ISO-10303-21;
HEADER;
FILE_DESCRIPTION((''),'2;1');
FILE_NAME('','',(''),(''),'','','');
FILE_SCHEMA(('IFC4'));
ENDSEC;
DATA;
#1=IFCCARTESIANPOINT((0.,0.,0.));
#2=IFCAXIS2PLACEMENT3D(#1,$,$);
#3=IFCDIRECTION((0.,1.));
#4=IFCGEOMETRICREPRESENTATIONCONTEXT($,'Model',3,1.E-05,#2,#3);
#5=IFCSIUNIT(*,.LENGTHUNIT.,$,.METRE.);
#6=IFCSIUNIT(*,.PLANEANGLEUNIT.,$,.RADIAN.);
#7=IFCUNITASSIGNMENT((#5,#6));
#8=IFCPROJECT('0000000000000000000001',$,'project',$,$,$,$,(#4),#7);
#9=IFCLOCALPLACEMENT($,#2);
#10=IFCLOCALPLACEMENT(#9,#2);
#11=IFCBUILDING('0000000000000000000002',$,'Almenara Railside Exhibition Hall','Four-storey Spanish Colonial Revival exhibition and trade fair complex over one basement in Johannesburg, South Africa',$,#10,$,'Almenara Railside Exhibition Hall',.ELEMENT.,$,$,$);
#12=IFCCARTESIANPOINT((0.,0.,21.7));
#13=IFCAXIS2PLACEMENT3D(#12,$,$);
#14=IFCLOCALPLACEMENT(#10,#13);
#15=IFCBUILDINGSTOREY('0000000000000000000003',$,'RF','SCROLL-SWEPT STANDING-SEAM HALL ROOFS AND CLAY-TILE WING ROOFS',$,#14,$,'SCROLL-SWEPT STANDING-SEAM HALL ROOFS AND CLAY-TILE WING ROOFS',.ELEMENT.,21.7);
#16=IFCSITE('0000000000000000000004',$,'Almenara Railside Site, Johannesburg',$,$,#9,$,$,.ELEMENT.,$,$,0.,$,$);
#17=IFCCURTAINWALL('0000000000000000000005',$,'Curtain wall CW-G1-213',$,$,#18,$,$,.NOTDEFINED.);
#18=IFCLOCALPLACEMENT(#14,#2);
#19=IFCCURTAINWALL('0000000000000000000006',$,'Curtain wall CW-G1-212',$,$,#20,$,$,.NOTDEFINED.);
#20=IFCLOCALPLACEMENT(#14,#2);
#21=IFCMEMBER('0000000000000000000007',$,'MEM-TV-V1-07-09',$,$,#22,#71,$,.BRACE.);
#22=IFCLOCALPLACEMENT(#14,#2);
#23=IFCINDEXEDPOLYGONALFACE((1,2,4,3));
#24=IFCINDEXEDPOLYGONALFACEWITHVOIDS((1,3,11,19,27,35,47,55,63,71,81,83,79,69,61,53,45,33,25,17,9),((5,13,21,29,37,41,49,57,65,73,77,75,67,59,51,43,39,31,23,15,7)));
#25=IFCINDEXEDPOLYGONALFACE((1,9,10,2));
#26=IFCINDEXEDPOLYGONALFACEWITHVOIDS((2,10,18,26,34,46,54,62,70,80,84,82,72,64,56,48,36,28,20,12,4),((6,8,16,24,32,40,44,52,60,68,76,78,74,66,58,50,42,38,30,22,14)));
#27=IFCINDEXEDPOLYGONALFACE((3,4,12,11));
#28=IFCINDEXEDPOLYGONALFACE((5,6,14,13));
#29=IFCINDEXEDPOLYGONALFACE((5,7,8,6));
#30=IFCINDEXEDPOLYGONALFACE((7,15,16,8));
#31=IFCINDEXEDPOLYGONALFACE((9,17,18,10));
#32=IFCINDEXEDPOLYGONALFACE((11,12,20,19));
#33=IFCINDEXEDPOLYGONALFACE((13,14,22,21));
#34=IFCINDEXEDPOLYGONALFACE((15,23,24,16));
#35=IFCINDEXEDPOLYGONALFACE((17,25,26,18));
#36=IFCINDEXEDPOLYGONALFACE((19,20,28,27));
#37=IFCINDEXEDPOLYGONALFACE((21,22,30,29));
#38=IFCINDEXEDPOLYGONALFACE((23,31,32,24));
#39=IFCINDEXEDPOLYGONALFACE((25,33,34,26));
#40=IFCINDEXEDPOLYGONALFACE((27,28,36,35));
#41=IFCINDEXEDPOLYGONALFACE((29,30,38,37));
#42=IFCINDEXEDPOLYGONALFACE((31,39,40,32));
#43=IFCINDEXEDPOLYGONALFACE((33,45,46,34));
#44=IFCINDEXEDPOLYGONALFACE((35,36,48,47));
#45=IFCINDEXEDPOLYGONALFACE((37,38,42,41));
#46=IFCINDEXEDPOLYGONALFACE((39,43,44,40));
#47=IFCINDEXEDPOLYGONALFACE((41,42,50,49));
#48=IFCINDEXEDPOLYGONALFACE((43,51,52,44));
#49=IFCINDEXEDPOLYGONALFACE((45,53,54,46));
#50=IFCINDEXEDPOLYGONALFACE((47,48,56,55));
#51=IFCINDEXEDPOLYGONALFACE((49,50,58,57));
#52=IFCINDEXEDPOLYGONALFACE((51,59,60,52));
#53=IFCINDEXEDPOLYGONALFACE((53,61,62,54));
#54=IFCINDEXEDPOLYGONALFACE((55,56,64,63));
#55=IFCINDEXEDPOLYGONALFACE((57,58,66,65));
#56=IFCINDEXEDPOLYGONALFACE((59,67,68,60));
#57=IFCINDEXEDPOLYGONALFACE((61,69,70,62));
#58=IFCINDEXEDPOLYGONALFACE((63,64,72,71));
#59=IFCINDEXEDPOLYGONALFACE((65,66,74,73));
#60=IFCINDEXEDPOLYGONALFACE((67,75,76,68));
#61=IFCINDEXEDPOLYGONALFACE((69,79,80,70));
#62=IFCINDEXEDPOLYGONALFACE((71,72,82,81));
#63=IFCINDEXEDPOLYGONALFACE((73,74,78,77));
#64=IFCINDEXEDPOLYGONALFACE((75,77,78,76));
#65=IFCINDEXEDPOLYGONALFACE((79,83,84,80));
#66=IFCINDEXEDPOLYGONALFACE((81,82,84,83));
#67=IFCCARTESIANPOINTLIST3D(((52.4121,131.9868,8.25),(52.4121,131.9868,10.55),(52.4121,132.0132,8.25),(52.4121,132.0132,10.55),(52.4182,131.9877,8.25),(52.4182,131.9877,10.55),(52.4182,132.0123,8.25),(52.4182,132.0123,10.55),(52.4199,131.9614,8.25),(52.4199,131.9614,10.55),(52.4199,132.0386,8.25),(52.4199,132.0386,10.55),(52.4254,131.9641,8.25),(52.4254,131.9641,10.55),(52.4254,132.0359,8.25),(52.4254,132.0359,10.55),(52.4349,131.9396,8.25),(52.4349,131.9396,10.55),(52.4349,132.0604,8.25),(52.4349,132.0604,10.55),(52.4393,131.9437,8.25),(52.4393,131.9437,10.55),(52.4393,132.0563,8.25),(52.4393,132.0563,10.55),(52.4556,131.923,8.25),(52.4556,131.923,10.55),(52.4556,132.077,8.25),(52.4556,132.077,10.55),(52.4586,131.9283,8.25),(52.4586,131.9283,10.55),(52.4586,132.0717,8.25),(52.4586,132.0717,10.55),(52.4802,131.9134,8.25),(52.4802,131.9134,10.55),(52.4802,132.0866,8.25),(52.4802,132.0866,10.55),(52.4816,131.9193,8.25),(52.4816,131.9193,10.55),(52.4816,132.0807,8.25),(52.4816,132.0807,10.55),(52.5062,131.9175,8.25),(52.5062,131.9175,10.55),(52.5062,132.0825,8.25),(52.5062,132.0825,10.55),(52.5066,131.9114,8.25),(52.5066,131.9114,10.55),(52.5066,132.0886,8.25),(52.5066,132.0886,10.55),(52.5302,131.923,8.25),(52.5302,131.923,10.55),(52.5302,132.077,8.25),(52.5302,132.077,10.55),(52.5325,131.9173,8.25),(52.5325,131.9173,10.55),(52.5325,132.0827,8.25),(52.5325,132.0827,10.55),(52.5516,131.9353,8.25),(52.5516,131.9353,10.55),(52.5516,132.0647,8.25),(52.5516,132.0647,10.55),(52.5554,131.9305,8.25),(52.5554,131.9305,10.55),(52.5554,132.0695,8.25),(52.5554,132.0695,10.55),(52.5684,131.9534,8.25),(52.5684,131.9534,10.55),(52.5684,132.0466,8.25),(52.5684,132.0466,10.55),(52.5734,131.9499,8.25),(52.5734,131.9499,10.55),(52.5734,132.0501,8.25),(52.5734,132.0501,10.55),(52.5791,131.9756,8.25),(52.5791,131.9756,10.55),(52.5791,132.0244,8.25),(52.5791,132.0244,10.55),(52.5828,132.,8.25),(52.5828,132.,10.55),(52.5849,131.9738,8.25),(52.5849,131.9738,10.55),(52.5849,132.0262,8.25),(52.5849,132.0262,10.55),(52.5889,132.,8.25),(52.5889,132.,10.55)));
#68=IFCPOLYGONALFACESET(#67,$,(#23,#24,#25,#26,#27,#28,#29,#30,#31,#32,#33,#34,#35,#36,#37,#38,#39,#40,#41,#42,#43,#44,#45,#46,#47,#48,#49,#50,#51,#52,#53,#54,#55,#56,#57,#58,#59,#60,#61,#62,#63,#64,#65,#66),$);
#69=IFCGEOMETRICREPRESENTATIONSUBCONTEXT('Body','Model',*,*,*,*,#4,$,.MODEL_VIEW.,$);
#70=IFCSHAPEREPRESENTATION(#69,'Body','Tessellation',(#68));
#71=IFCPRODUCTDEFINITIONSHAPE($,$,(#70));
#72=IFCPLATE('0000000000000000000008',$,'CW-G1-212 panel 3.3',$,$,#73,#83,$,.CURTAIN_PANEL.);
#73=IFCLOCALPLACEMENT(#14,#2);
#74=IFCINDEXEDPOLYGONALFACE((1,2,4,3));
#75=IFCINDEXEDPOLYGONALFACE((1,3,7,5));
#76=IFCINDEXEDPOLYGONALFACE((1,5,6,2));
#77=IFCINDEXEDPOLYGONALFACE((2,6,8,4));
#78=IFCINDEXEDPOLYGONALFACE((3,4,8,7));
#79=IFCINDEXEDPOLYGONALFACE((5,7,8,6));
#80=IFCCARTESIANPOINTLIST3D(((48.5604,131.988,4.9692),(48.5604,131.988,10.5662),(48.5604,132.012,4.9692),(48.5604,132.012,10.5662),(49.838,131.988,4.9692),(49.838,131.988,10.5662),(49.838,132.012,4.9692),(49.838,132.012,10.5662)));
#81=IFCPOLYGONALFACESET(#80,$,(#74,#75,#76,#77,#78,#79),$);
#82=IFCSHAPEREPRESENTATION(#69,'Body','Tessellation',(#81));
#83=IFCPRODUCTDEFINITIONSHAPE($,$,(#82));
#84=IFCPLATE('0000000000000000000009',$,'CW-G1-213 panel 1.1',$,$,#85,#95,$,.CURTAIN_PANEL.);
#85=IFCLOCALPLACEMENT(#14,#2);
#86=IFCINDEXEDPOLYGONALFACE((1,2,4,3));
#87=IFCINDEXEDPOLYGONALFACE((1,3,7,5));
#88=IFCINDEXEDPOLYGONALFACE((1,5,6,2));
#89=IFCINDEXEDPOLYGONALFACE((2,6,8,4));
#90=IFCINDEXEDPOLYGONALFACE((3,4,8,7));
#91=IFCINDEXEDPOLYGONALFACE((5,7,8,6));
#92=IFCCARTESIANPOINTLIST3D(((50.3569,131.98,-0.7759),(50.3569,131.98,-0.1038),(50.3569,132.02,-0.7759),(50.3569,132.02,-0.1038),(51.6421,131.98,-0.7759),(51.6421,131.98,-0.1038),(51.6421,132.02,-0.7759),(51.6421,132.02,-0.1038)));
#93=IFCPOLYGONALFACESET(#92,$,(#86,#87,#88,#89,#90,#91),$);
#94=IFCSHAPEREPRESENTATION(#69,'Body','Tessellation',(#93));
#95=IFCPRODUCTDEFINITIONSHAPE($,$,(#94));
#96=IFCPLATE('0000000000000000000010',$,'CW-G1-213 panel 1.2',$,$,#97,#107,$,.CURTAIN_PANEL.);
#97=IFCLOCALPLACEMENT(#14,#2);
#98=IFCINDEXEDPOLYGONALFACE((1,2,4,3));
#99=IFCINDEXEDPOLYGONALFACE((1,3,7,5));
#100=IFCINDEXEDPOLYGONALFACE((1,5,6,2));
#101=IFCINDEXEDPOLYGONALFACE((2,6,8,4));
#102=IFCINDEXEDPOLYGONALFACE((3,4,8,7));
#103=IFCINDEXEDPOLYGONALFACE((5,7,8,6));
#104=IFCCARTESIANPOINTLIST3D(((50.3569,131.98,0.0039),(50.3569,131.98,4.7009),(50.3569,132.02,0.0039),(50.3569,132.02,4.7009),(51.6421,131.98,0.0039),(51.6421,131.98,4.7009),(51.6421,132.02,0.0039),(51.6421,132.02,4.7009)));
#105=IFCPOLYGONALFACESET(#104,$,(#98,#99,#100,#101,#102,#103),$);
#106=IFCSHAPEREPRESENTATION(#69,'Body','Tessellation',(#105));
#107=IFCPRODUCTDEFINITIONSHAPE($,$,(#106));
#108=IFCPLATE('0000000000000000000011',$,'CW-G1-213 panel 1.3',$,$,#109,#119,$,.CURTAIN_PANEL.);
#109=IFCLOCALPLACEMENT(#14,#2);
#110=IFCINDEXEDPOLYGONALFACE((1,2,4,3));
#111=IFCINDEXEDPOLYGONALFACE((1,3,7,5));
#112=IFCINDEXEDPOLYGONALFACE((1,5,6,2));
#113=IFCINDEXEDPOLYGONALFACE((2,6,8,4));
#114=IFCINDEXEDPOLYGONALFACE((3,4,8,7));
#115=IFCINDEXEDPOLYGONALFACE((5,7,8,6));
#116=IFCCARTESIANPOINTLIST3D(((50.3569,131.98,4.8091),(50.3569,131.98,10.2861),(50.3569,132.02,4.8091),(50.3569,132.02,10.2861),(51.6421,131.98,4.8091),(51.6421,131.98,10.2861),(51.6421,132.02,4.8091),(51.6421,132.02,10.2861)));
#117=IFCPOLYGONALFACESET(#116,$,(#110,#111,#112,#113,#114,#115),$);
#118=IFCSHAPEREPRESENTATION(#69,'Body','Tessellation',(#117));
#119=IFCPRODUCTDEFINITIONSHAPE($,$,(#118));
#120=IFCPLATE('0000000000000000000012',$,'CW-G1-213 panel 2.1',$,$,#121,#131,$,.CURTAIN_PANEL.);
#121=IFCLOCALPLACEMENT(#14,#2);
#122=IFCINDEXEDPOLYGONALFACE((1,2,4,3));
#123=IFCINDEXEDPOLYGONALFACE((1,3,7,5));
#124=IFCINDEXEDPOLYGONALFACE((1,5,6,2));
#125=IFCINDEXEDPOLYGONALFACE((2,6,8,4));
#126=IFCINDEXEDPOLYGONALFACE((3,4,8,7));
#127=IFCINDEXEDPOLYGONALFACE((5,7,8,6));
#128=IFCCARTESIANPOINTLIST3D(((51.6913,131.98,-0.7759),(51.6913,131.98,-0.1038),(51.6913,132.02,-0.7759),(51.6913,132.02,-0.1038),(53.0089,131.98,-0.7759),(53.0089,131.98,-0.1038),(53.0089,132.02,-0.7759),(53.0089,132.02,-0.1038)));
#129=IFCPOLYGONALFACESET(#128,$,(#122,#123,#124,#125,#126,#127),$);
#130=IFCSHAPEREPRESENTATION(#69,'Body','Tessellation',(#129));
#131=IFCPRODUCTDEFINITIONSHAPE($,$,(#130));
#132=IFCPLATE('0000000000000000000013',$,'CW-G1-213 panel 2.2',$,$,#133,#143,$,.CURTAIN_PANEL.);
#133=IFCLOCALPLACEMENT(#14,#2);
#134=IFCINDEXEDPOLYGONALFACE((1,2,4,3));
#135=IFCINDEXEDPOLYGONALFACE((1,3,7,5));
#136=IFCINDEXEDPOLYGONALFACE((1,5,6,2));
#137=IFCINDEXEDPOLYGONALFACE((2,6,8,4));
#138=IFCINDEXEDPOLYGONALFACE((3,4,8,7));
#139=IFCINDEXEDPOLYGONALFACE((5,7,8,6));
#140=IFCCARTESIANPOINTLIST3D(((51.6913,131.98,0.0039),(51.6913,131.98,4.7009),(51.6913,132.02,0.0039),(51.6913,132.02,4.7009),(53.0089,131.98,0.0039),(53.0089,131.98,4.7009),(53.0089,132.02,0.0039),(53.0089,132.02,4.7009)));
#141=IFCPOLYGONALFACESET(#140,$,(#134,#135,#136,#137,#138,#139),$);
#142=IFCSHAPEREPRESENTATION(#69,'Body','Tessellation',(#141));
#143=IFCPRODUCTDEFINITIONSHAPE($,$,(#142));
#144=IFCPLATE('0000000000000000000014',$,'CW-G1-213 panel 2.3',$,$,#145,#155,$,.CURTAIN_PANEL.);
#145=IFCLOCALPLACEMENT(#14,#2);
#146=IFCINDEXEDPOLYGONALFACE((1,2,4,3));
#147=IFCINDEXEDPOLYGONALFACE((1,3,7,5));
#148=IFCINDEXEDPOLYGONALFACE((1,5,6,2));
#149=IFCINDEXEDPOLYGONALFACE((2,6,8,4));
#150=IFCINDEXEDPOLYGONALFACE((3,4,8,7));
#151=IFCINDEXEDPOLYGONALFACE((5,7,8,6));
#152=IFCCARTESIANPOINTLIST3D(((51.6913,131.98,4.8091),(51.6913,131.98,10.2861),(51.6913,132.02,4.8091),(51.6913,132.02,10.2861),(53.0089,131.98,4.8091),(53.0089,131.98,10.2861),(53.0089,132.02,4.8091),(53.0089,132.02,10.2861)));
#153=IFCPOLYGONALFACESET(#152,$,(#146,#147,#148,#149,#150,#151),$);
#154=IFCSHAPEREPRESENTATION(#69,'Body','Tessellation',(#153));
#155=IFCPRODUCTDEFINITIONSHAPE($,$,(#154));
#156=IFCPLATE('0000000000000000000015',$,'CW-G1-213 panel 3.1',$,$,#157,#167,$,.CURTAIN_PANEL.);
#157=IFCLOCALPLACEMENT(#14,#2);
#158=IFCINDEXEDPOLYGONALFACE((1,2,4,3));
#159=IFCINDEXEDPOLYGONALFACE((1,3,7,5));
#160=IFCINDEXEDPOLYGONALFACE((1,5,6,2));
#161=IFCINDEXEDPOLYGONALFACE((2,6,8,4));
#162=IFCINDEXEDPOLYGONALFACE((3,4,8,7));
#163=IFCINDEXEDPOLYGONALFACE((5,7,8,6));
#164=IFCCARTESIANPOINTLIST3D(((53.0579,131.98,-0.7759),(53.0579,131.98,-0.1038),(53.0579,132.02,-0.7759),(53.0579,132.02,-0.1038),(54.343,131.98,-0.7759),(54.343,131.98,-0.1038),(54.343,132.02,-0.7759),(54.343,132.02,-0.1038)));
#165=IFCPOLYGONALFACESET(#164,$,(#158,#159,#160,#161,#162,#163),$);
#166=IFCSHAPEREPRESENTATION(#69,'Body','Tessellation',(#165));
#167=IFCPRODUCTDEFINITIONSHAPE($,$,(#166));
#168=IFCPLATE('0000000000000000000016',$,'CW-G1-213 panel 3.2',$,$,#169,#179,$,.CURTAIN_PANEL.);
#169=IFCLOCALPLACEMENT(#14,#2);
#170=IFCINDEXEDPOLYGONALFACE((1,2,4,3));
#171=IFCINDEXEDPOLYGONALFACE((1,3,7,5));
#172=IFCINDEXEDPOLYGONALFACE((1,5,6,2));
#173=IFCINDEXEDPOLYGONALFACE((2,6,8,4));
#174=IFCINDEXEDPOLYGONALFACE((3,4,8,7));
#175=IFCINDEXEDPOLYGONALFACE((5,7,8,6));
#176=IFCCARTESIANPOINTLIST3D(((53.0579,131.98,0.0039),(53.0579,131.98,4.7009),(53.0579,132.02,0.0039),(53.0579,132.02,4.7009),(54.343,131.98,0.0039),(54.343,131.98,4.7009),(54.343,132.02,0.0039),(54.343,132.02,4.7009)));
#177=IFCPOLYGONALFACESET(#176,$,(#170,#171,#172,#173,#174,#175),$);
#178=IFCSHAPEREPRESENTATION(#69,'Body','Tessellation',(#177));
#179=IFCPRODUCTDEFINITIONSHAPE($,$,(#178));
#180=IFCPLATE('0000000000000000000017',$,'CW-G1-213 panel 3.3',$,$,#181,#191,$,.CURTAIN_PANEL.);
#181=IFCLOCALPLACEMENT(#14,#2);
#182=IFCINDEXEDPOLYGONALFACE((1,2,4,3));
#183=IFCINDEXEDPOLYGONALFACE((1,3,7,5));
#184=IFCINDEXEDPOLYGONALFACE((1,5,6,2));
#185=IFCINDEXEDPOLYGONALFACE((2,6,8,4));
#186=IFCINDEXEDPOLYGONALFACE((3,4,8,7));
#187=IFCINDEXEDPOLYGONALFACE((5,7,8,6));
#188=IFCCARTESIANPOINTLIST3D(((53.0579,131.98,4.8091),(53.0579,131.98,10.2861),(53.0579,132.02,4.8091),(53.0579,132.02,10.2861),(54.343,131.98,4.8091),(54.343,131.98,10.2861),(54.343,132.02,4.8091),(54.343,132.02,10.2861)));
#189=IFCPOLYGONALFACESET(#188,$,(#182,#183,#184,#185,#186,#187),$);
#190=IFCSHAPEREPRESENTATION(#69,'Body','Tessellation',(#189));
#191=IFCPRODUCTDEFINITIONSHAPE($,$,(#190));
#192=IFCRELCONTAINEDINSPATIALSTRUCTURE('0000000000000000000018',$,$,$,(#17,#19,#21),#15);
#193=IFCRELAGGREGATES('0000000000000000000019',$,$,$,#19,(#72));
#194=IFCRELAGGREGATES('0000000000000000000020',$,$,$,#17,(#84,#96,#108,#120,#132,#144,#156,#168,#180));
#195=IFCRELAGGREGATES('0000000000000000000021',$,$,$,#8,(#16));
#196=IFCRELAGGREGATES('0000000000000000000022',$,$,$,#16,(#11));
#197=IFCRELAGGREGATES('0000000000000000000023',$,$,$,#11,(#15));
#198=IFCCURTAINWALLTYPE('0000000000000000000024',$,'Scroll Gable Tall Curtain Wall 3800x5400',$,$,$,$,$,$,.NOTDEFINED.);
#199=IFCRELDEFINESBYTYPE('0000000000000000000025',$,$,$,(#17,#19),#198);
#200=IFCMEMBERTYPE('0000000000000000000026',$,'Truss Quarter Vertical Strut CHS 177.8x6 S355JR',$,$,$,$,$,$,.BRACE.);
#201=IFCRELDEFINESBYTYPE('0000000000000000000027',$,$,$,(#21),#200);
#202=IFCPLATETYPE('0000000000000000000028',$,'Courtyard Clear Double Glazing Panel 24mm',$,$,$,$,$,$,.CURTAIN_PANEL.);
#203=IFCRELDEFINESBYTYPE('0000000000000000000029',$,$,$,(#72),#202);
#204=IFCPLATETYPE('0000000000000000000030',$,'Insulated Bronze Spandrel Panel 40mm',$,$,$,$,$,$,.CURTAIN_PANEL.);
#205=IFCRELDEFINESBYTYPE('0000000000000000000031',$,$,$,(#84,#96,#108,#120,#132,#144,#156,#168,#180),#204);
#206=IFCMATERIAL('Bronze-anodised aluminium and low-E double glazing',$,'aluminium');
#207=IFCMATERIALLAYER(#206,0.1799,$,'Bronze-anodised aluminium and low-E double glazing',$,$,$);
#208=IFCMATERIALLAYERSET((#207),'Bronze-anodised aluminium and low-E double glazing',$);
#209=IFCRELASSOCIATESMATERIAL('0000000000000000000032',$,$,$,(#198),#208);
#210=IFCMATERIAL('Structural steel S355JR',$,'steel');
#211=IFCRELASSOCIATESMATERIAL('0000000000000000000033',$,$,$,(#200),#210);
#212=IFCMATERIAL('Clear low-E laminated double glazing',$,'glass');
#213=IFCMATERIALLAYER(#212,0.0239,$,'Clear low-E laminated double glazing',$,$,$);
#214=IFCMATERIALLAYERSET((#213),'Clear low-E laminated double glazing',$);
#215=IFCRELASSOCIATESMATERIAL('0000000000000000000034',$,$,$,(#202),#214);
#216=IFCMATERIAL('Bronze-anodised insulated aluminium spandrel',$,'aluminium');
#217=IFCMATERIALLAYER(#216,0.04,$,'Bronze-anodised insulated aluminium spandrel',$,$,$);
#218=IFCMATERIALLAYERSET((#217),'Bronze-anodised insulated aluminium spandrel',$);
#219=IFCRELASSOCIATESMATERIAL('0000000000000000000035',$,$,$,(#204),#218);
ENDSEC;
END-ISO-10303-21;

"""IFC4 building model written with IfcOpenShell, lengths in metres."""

from ifc_helpers import new_model, si_unit, direction, frame, origin, origin_2d, place, context, subcontext, project, spatial, rectangle, hollow_circle, extrude, material, layer, layer_set, material_profile, profile_set, type_object, element, aggregate, save


model = new_model("IFC4")

# Units and contexts
model_context = context("Model", 3, precision=1e-05, world=origin(), true_north=direction((0.0, 1.0)))
body_context = subcontext(model_context, "Body", "Model", "MODEL_VIEW")
ifc_project = project(units=[si_unit("LENGTHUNIT", "METRE"), si_unit("PLANEANGLEUNIT", "RADIAN")], contexts=[model_context])

# Site, building, storey
site_placement = place(None, origin())
site = spatial("IfcSite", under=ifc_project, at=site_placement, Name="Almenara Railside Site, Johannesburg", CompositionType="ELEMENT", RefElevation=0.0)
building_placement = place(site_placement, origin())
building = spatial("IfcBuilding", under=site, at=building_placement, Name="Almenara Railside Exhibition Hall", Description="Four-storey Spanish Colonial Revival exhibition and trade fair complex over one basement in Johannesburg, South Africa", LongName="Almenara Railside Exhibition Hall", CompositionType="ELEMENT")
storey_placement = place(building_placement, frame((0.0, 0.0, 21.7)))
storey = spatial("IfcBuildingStorey", under=building, at=storey_placement, Name="RF", Description="SCROLL-SWEPT STANDING-SEAM HALL ROOFS AND CLAY-TILE WING ROOFS", LongName="SCROLL-SWEPT STANDING-SEAM HALL ROOFS AND CLAY-TILE WING ROOFS", CompositionType="ELEMENT", Elevation=21.7)

# Shared definitions
ifc_material_1 = material(Name="Structural steel S355JR", Category="steel")

# Shared definitions
ifc_material_2 = material(Name="Bronze-anodised aluminium and low-E double glazing", Category="aluminium")
ifc_layer_1 = layer(ifc_material_2, 0.1799, Name="Bronze-anodised aluminium and low-E double glazing")
ifc_layer_set_1 = layer_set([ifc_layer_1], Name="Bronze-anodised aluminium and low-E double glazing")
curtain_wall_type = type_object("IfcCurtainWallType", Name="Scroll Gable Tall Curtain Wall 3800x5400", PredefinedType="NOTDEFINED", material=ifc_layer_set_1)

# Curtain wall
curtain_wall_1_placement = place(storey_placement, origin())
curtain_wall_1 = element("IfcCurtainWall", 1, at=curtain_wall_1_placement, inside=storey, type_object=curtain_wall_type, Name="Curtain wall CW-G1-213", PredefinedType="NOTDEFINED")

# Curtain wall
curtain_wall_2_placement = place(storey_placement, origin())
curtain_wall_2 = element("IfcCurtainWall", 2, at=curtain_wall_2_placement, inside=storey, type_object=curtain_wall_type, Name="Curtain wall CW-G1-212", PredefinedType="NOTDEFINED")

# Member
ifc_material_profile_1 = material_profile(ifc_material_1, hollow_circle(Radius=0.0889, WallThickness=0.0061, at=origin_2d()), Name="CHS 177.8x6")
ifc_profile_set_1 = profile_set([ifc_material_profile_1], Name="Structural steel S355JR")
member_type_1 = type_object("IfcMemberType", Name="Truss Quarter Vertical Strut CHS 177.8x6 S355JR", PredefinedType="BRACE", material=ifc_profile_set_1)
member_1_placement = place(storey_placement, frame((52.5, 132.0, 8.25), z_axis=(0.0, 0.0, 1.0), x_axis=(1.0, 0.0, 0.0)))
element("IfcMember", 3, at=member_1_placement, inside=storey, type_object=member_type_1, Name="MEM-TV-V1-07-09", PredefinedType="BRACE", context=body_context, shape_type="SweptSolid", body=[
    extrude(hollow_circle(Radius=0.0889, WallThickness=0.0061, at=origin_2d()), origin(), (0.0, 0.0, 1.0), 2.3),
])

# Plates
ifc_material_3 = material(Name="Clear low-E laminated double glazing", Category="glass")
ifc_layer_2 = layer(ifc_material_3, 0.0239, Name="Clear low-E laminated double glazing")
ifc_layer_set_2 = layer_set([ifc_layer_2], Name="Clear low-E laminated double glazing")
plate_type_1 = type_object("IfcPlateType", Name="Courtyard Clear Double Glazing Panel 24mm", PredefinedType="CURTAIN_PANEL", material=ifc_layer_set_2)
plate_1_placement = place(storey_placement, frame((49.1992, 132.0, 4.9692), z_axis=(0.0, 0.0, 1.0), x_axis=(1.0, 0.0, 0.0)))
plate_1 = element("IfcPlate", 4, at=plate_1_placement, type_object=plate_type_1, Name="CW-G1-212 panel 3.3", PredefinedType="CURTAIN_PANEL", context=body_context, shape_type="SweptSolid", body=[
    extrude(rectangle(XDim=1.2776, YDim=0.0239, at=origin_2d()), origin(), (0.0, 0.0, 1.0), 5.5969),
])
aggregate(curtain_wall_2, [plate_1])
ifc_material_4 = material(Name="Bronze-anodised insulated aluminium spandrel", Category="aluminium")
ifc_layer_3 = layer(ifc_material_4, 0.04, Name="Bronze-anodised insulated aluminium spandrel")
ifc_layer_set_3 = layer_set([ifc_layer_3], Name="Bronze-anodised insulated aluminium spandrel")
plate_type_2 = type_object("IfcPlateType", Name="Insulated Bronze Spandrel Panel 40mm", PredefinedType="CURTAIN_PANEL", material=ifc_layer_set_3)
plate_2_placement = place(storey_placement, frame((50.9995, 132.0, -0.7759), z_axis=(0.0, 0.0, 1.0), x_axis=(1.0, 0.0, 0.0)))
plate_2 = element("IfcPlate", 5, at=plate_2_placement, type_object=plate_type_2, Name="CW-G1-213 panel 1.1", PredefinedType="CURTAIN_PANEL", context=body_context, shape_type="SweptSolid", body=[
    extrude(rectangle(XDim=1.2852, YDim=0.04, at=origin_2d()), origin(), (0.0, 0.0, 1.0), 0.6721),
])
plate_3_placement = place(storey_placement, frame((50.9995, 132.0, 0.0039), z_axis=(0.0, 0.0, 1.0), x_axis=(1.0, 0.0, 0.0)))
plate_3 = element("IfcPlate", 6, at=plate_3_placement, type_object=plate_type_2, Name="CW-G1-213 panel 1.2", PredefinedType="CURTAIN_PANEL", context=body_context, shape_type="SweptSolid", body=[
    extrude(rectangle(XDim=1.2852, YDim=0.04, at=origin_2d()), origin(), (0.0, 0.0, 1.0), 4.697),
])
plate_4_placement = place(storey_placement, frame((50.9995, 132.0, 4.8091), z_axis=(0.0, 0.0, 1.0), x_axis=(1.0, 0.0, 0.0)))
plate_4 = element("IfcPlate", 7, at=plate_4_placement, type_object=plate_type_2, Name="CW-G1-213 panel 1.3", PredefinedType="CURTAIN_PANEL", context=body_context, shape_type="SweptSolid", body=[
    extrude(rectangle(XDim=1.2852, YDim=0.04, at=origin_2d()), origin(), (0.0, 0.0, 1.0), 5.4771),
])
plate_5_placement = place(storey_placement, frame((52.3501, 132.0, -0.7759), z_axis=(0.0, 0.0, 1.0), x_axis=(1.0, 0.0, 0.0)))
plate_5 = element("IfcPlate", 8, at=plate_5_placement, type_object=plate_type_2, Name="CW-G1-213 panel 2.1", PredefinedType="CURTAIN_PANEL", context=body_context, shape_type="SweptSolid", body=[
    extrude(rectangle(XDim=1.3176, YDim=0.04, at=origin_2d()), origin(), (0.0, 0.0, 1.0), 0.6721),
])
plate_6_placement = place(storey_placement, frame((52.3501, 132.0, 0.0039), z_axis=(0.0, 0.0, 1.0), x_axis=(1.0, 0.0, 0.0)))
plate_6 = element("IfcPlate", 9, at=plate_6_placement, type_object=plate_type_2, Name="CW-G1-213 panel 2.2", PredefinedType="CURTAIN_PANEL", context=body_context, shape_type="SweptSolid", body=[
    extrude(rectangle(XDim=1.3176, YDim=0.04, at=origin_2d()), origin(), (0.0, 0.0, 1.0), 4.697),
])
plate_7_placement = place(storey_placement, frame((52.3501, 132.0, 4.8091), z_axis=(0.0, 0.0, 1.0), x_axis=(1.0, 0.0, 0.0)))
plate_7 = element("IfcPlate", 10, at=plate_7_placement, type_object=plate_type_2, Name="CW-G1-213 panel 2.3", PredefinedType="CURTAIN_PANEL", context=body_context, shape_type="SweptSolid", body=[
    extrude(rectangle(XDim=1.3176, YDim=0.04, at=origin_2d()), origin(), (0.0, 0.0, 1.0), 5.4771),
])
plate_8_placement = place(storey_placement, frame((53.7004, 132.0, -0.7759), z_axis=(0.0, 0.0, 1.0), x_axis=(1.0, 0.0, 0.0)))
plate_8 = element("IfcPlate", 11, at=plate_8_placement, type_object=plate_type_2, Name="CW-G1-213 panel 3.1", PredefinedType="CURTAIN_PANEL", context=body_context, shape_type="SweptSolid", body=[
    extrude(rectangle(XDim=1.2852, YDim=0.04, at=origin_2d()), origin(), (0.0, 0.0, 1.0), 0.6721),
])
plate_9_placement = place(storey_placement, frame((53.7004, 132.0, 0.0039), z_axis=(0.0, 0.0, 1.0), x_axis=(1.0, 0.0, 0.0)))
plate_9 = element("IfcPlate", 12, at=plate_9_placement, type_object=plate_type_2, Name="CW-G1-213 panel 3.2", PredefinedType="CURTAIN_PANEL", context=body_context, shape_type="SweptSolid", body=[
    extrude(rectangle(XDim=1.2852, YDim=0.04, at=origin_2d()), origin(), (0.0, 0.0, 1.0), 4.697),
])
plate_10_placement = place(storey_placement, frame((53.7004, 132.0, 4.8091), z_axis=(0.0, 0.0, 1.0), x_axis=(1.0, 0.0, 0.0)))
plate_10 = element("IfcPlate", 13, at=plate_10_placement, type_object=plate_type_2, Name="CW-G1-213 panel 3.3", PredefinedType="CURTAIN_PANEL", context=body_context, shape_type="SweptSolid", body=[
    extrude(rectangle(XDim=1.2852, YDim=0.04, at=origin_2d()), origin(), (0.0, 0.0, 1.0), 5.4771),
])
aggregate(curtain_wall_1, [plate_2, plate_3, plate_4, plate_5, plate_6, plate_7, plate_8, plate_9, plate_10])

save(model, "model.ifc")
